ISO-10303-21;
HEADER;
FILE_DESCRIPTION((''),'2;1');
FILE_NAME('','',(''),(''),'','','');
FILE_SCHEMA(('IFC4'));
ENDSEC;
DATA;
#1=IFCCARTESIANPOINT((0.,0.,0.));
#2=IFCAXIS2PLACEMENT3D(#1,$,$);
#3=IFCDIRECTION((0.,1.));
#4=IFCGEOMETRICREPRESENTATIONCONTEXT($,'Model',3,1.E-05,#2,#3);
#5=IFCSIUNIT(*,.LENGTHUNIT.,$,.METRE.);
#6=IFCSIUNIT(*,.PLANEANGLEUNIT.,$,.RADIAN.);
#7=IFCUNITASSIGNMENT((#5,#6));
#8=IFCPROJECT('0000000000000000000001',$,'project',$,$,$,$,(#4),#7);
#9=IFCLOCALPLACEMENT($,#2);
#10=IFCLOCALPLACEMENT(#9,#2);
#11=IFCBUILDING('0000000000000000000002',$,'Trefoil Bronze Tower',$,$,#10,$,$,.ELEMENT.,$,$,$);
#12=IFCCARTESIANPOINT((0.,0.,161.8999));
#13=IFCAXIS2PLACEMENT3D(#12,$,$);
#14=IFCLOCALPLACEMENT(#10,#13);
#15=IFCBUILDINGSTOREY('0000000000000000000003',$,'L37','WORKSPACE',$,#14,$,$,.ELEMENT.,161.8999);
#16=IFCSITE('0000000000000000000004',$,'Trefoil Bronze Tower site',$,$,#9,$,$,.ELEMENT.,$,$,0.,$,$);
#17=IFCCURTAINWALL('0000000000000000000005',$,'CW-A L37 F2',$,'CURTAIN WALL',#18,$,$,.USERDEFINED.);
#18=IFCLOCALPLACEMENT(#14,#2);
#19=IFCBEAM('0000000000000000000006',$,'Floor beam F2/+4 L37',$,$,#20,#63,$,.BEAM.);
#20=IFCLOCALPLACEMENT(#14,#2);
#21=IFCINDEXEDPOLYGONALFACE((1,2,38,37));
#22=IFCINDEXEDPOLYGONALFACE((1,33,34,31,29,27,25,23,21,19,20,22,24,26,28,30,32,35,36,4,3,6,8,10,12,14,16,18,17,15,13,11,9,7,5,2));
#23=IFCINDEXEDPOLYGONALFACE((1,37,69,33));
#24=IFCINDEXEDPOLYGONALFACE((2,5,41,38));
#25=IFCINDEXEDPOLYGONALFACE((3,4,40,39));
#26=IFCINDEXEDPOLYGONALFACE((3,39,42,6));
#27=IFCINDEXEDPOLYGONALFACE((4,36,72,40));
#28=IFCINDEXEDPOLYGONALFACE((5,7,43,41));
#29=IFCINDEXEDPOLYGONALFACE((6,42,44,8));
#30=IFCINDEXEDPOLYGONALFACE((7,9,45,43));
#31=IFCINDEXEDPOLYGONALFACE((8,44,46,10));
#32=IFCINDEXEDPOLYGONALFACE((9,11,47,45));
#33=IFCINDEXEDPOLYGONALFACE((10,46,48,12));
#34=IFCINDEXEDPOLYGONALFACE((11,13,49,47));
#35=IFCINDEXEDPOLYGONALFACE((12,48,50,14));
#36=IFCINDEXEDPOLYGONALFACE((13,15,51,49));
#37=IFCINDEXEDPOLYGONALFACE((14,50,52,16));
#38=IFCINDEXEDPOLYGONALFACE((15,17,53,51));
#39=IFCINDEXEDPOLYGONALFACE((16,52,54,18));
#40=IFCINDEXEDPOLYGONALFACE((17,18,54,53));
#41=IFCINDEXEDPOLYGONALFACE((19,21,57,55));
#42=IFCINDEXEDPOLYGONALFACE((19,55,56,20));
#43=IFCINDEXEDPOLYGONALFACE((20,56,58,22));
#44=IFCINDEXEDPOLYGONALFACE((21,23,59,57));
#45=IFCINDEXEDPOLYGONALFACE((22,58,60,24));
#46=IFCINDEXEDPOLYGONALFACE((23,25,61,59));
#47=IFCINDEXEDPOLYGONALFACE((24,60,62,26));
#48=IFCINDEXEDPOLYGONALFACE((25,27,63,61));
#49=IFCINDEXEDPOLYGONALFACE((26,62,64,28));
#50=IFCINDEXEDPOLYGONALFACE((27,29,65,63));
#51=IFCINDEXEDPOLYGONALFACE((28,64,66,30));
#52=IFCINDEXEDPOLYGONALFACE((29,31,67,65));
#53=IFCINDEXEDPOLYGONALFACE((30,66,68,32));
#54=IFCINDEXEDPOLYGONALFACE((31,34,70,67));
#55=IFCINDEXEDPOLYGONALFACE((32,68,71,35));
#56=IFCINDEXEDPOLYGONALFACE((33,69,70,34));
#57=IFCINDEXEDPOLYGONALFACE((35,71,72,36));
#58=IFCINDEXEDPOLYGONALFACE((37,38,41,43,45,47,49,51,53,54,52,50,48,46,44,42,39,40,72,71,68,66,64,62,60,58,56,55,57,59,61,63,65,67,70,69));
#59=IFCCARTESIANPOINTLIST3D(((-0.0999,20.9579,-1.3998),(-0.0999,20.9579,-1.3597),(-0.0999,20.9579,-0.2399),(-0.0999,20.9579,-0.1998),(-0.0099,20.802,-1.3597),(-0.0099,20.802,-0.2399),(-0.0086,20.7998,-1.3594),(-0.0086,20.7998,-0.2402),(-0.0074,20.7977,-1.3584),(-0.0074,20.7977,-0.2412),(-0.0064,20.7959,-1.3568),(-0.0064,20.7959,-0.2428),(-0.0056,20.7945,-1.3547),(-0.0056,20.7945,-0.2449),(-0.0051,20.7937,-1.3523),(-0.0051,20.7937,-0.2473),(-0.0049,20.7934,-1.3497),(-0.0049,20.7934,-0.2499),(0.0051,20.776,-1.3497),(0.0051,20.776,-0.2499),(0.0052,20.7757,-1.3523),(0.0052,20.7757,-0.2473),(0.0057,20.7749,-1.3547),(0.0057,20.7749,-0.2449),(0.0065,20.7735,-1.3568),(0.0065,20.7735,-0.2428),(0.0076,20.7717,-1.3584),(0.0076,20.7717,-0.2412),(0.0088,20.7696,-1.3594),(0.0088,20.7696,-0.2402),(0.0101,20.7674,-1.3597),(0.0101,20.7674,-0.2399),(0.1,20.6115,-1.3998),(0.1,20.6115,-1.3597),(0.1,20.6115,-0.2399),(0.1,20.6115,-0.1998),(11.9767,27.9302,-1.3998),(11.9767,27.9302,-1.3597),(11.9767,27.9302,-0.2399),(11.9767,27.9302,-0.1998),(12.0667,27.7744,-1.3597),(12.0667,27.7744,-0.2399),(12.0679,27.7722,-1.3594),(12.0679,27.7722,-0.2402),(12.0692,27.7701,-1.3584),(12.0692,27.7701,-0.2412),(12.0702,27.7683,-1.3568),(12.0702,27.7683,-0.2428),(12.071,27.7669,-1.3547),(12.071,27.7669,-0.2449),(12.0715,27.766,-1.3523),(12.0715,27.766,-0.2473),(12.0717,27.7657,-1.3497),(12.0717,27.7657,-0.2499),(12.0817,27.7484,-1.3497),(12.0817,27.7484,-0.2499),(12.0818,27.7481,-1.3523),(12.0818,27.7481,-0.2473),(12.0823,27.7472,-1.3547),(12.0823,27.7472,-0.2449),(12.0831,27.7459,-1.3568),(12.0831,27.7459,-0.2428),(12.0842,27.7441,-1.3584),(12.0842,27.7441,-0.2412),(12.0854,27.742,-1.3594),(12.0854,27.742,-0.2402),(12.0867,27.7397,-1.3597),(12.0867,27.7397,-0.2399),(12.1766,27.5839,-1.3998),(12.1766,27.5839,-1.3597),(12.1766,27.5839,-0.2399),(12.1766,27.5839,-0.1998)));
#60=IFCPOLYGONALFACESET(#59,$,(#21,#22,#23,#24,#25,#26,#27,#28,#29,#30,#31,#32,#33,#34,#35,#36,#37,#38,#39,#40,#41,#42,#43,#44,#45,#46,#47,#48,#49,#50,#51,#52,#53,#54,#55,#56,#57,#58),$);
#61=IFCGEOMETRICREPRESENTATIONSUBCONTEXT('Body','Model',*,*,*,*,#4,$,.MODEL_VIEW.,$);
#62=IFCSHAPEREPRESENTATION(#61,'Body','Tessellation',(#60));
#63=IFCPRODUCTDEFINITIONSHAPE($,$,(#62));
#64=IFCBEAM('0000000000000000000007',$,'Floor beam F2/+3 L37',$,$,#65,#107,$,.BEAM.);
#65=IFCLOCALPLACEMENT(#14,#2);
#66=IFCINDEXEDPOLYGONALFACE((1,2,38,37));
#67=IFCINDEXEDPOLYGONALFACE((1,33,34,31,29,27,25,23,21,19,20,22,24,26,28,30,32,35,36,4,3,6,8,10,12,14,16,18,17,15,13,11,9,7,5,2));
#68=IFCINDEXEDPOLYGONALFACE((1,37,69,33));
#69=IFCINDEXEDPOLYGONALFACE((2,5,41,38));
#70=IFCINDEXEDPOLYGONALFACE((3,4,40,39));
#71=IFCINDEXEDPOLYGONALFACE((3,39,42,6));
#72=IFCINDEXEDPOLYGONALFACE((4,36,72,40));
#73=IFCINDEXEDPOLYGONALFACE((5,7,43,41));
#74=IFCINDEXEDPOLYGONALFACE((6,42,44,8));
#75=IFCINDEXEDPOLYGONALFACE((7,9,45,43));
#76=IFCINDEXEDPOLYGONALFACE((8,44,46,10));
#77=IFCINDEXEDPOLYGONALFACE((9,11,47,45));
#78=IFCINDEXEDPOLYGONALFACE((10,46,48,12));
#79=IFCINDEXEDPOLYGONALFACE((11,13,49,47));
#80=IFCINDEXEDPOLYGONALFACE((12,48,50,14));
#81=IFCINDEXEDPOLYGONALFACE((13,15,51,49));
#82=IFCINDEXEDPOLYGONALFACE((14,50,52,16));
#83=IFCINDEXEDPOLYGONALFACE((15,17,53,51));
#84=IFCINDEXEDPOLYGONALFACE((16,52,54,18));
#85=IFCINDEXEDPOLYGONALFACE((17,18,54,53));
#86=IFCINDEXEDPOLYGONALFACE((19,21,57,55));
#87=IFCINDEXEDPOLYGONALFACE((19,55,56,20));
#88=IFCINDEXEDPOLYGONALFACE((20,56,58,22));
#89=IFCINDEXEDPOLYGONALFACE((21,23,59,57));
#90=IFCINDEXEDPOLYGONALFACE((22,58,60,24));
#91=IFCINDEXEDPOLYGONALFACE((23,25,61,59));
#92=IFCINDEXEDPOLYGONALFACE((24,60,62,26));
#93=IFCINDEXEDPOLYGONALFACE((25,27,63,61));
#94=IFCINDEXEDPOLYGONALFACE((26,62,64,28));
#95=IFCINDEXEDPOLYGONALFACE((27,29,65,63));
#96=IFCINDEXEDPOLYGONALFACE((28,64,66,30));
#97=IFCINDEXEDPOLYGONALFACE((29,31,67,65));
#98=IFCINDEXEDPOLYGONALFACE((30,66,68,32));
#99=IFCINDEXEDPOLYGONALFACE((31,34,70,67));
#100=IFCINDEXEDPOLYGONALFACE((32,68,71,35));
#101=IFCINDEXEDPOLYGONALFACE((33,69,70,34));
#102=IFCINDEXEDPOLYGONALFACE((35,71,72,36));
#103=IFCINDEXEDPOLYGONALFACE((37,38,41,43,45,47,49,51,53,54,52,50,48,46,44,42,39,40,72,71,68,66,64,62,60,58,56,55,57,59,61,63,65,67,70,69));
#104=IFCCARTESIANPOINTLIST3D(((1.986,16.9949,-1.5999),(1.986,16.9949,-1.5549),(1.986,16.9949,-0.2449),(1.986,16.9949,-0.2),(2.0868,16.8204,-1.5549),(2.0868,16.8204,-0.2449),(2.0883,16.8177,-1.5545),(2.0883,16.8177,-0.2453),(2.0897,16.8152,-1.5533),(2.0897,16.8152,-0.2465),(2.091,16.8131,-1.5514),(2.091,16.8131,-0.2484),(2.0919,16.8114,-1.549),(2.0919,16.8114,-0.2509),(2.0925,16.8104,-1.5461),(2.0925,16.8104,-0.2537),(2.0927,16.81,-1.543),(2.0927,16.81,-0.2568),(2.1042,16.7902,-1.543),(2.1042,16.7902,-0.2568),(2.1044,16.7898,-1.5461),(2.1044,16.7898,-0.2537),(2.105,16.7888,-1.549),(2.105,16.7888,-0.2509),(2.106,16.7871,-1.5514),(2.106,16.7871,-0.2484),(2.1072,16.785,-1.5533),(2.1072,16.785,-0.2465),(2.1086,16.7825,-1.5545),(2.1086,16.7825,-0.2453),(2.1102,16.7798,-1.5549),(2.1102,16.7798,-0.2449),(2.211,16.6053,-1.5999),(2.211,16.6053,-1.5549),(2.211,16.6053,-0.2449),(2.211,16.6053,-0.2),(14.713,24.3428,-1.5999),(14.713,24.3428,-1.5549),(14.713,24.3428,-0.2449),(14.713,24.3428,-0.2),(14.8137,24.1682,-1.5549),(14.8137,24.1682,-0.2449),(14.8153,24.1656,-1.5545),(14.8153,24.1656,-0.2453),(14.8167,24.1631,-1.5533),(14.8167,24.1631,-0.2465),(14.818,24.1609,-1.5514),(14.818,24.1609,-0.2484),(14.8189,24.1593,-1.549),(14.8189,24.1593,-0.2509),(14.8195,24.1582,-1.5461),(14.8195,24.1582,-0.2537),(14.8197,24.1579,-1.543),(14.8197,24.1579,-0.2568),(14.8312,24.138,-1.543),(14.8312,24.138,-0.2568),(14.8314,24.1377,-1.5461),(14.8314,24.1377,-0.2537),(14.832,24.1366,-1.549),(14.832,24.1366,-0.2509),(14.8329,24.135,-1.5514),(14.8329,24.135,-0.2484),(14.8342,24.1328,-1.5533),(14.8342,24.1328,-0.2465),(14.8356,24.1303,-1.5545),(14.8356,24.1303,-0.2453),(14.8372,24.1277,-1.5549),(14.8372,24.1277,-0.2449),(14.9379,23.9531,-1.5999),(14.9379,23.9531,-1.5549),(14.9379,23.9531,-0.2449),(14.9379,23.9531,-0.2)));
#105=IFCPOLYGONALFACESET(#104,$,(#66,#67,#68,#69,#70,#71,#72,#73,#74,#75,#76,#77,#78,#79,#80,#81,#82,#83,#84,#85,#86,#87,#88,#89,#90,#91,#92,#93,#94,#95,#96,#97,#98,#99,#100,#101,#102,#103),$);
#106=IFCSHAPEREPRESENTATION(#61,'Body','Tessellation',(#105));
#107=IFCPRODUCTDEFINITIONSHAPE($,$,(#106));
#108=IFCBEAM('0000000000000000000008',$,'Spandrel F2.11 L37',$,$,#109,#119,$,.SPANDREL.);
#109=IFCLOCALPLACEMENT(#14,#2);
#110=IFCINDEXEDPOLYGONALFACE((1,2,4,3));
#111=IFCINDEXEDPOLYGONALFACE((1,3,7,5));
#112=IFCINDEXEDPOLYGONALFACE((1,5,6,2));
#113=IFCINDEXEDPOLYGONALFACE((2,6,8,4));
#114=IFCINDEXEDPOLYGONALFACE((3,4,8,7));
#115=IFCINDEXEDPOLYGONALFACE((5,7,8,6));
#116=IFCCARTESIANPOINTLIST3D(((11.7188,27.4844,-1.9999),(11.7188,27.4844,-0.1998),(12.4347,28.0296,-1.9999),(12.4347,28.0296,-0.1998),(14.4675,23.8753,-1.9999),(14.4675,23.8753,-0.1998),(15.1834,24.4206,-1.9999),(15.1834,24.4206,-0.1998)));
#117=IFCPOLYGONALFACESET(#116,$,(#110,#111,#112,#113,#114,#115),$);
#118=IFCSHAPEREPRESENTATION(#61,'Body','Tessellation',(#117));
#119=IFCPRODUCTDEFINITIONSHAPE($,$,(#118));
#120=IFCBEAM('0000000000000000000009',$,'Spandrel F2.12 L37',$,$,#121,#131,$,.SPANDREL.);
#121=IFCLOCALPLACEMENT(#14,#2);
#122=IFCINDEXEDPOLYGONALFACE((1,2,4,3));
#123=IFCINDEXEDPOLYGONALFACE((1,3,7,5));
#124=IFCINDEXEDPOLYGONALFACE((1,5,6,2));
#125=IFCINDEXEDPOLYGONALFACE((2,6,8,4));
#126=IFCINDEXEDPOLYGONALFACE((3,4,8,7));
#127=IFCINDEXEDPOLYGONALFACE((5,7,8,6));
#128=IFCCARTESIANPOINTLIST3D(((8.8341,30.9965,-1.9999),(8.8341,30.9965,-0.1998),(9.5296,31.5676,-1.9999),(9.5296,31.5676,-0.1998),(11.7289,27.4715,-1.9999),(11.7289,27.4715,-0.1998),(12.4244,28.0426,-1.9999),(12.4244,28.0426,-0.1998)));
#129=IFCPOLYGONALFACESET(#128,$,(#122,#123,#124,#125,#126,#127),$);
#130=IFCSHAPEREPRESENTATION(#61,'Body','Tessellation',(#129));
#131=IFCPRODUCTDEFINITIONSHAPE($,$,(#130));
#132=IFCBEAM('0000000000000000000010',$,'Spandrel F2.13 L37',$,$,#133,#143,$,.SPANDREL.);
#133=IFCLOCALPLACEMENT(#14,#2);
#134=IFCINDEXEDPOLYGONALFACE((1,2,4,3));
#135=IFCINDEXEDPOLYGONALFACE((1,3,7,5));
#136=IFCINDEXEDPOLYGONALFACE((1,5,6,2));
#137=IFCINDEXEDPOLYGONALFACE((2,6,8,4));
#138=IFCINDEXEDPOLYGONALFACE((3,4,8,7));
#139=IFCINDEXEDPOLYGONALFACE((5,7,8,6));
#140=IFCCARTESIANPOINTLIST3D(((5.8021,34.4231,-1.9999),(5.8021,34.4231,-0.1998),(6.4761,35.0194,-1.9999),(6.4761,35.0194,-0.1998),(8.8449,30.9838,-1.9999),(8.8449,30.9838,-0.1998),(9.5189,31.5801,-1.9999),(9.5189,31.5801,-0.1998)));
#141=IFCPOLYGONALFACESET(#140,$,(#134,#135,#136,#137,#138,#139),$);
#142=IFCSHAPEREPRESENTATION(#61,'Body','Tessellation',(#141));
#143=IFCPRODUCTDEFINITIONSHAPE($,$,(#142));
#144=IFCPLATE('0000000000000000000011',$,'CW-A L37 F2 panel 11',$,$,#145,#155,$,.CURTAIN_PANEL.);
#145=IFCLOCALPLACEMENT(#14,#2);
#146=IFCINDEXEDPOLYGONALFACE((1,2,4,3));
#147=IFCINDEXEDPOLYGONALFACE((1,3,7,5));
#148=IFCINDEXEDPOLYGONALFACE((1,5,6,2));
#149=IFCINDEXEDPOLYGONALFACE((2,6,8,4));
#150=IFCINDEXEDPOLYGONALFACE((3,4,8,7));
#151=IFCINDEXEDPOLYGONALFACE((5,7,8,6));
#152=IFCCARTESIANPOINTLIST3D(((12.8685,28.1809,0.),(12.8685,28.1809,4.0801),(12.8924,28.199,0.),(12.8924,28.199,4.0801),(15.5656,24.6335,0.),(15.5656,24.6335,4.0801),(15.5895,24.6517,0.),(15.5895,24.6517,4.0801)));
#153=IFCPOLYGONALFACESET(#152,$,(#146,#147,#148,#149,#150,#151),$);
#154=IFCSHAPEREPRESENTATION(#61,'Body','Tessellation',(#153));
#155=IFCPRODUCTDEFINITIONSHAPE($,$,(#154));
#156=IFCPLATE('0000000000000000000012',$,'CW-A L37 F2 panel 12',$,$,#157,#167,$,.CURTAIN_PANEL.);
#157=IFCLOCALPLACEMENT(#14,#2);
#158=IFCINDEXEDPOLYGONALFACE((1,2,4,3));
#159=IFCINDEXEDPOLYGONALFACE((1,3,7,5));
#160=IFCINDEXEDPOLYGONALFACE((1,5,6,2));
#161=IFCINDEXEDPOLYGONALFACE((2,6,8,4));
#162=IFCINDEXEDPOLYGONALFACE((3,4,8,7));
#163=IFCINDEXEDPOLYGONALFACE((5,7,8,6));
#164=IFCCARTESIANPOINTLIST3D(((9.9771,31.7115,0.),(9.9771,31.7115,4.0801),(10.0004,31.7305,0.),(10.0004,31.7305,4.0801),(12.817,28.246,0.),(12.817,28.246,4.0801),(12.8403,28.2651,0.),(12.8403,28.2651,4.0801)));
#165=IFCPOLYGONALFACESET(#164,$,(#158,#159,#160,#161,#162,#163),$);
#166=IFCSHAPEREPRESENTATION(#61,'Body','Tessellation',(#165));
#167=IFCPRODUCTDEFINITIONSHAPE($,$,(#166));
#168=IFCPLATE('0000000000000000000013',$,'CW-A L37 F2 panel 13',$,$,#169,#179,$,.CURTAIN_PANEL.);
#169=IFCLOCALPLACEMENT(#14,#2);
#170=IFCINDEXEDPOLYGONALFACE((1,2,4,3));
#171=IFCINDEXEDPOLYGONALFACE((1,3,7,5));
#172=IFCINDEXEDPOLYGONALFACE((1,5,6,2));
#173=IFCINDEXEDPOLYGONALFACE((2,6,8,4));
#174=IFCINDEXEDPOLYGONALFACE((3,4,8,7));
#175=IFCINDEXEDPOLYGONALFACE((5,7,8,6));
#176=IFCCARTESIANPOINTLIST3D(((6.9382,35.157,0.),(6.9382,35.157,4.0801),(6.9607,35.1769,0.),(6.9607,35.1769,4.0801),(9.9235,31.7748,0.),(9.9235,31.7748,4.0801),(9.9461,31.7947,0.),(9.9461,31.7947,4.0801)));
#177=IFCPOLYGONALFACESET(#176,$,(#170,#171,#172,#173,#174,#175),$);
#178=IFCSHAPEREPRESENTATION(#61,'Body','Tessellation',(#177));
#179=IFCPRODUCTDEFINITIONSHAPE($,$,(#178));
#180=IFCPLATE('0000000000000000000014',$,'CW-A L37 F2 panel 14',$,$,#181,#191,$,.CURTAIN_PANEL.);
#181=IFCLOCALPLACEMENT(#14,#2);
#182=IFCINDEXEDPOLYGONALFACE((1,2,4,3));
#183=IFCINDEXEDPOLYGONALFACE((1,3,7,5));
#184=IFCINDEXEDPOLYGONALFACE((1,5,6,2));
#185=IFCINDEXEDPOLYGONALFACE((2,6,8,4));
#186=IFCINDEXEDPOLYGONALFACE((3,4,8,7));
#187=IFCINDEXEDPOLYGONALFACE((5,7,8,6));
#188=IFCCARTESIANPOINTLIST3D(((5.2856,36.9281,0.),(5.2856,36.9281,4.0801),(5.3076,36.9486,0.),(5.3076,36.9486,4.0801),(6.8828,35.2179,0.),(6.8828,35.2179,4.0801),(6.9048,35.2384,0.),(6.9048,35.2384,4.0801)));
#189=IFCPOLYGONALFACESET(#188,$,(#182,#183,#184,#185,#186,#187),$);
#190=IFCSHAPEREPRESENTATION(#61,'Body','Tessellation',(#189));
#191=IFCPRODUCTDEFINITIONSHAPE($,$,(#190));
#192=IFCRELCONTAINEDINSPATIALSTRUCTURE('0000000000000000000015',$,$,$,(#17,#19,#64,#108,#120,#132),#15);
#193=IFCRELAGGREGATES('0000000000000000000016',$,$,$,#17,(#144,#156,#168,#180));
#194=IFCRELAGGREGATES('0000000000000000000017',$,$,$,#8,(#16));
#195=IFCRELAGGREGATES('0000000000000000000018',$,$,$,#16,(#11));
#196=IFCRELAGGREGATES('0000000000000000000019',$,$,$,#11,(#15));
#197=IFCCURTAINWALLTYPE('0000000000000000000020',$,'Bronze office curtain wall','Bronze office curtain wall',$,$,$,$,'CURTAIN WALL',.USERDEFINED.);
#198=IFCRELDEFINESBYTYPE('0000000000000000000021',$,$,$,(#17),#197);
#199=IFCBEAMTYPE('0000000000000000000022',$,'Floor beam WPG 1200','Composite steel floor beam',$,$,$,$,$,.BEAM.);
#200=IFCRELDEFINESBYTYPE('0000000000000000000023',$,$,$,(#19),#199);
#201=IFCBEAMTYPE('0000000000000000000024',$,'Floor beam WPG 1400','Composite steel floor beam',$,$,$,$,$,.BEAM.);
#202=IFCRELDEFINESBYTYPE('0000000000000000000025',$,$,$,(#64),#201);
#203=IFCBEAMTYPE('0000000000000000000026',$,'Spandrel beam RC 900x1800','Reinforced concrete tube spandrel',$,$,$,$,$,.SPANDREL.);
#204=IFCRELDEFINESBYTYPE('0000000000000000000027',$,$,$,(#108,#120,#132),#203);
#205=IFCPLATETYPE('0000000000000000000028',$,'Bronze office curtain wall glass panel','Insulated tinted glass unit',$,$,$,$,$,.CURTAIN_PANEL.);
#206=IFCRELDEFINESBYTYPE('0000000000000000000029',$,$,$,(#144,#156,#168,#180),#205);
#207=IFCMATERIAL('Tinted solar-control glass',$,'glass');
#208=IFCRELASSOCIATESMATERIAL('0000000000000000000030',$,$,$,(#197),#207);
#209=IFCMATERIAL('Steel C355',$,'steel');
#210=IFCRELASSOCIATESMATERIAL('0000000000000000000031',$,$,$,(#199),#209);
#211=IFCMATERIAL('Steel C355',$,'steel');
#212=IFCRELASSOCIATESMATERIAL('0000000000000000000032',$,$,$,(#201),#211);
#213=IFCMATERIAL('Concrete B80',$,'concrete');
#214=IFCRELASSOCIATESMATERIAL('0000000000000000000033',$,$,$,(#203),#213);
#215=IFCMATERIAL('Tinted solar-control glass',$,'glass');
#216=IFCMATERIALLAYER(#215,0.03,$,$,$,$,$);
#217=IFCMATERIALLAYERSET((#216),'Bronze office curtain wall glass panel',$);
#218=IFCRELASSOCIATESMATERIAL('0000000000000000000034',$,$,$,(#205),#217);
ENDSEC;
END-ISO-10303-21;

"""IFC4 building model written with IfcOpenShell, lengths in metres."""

from ifc_helpers import new_model, si_unit, direction, frame, origin, origin_2d, place, context, subcontext, project, spatial, rectangle, i_section, extrude, material, layer, layer_set, material_profile, profile_set, type_object, element, aggregate, save


model = new_model("IFC4")

# Units and contexts
model_context = context("Model", 3, precision=1e-05, world=origin(), true_north=direction((0.0, 1.0)))
body_context = subcontext(model_context, "Body", "Model", "MODEL_VIEW")
ifc_project = project(units=[si_unit("LENGTHUNIT", "METRE"), si_unit("PLANEANGLEUNIT", "RADIAN")], contexts=[model_context])

# Site, building, storey
site_placement = place(None, origin())
site = spatial("IfcSite", under=ifc_project, at=site_placement, Name="Trefoil Bronze Tower site", CompositionType="ELEMENT", RefElevation=0.0)
building_placement = place(site_placement, origin())
building = spatial("IfcBuilding", under=site, at=building_placement, Name="Trefoil Bronze Tower", CompositionType="ELEMENT")
storey_placement = place(building_placement, frame((0.0, 0.0, 161.8999)))
storey = spatial("IfcBuildingStorey", under=building, at=storey_placement, Name="L37", Description="WORKSPACE", CompositionType="ELEMENT", Elevation=161.8999)

# Curtain wall
ifc_material_1 = material(Name="Tinted solar-control glass", Category="glass")
curtain_wall_type_1 = type_object("IfcCurtainWallType", Name="Bronze office curtain wall", Description="Bronze office curtain wall", ElementType="CURTAIN WALL", PredefinedType="USERDEFINED", material=ifc_material_1)
curtain_wall_1_placement = place(storey_placement, origin())
curtain_wall_1 = element("IfcCurtainWall", 1, at=curtain_wall_1_placement, inside=storey, type_object=curtain_wall_type_1, Name="CW-A L37 F2", ObjectType="CURTAIN WALL", PredefinedType="USERDEFINED")

# Beams
ifc_material_2 = material(Name="Steel C355", Category="steel")
ifc_material_profile_1 = material_profile(ifc_material_2, i_section(OverallWidth=0.3999, OverallDepth=1.2, WebThickness=0.02, FlangeThickness=0.04, FilletRadius=0.01, at=origin_2d()), Name="WPG 1200")
ifc_profile_set_1 = profile_set([ifc_material_profile_1], Name="Steel C355")
beam_type_1 = type_object("IfcBeamType", Name="Floor beam WPG 1200", Description="Composite steel floor beam", PredefinedType="BEAM", material=ifc_profile_set_1)
beam_1_placement = place(storey_placement, frame((12.0767, 27.7571, -0.7998), z_axis=(-0.866027, -0.499997, 0.0), x_axis=(0.499997, -0.866027, 0.0)))
element("IfcBeam", 2, at=beam_1_placement, inside=storey, type_object=beam_type_1, Name="Floor beam F2/+4 L37", PredefinedType="BEAM", context=body_context, shape_type="SweptSolid", body=[
    extrude(i_section(OverallWidth=0.3999, OverallDepth=1.2, WebThickness=0.02, FlangeThickness=0.04, FilletRadius=0.01, at=origin_2d()), origin(), (0.0, 0.0, 1.0), 13.9448),
])
ifc_material_3 = material(Name="Steel C355", Category="steel")
ifc_material_profile_2 = material_profile(ifc_material_3, i_section(OverallWidth=0.45, OverallDepth=1.3999, WebThickness=0.0229, FlangeThickness=0.0449, FilletRadius=0.012, at=origin_2d()), Name="WPG 1400")
ifc_profile_set_2 = profile_set([ifc_material_profile_2], Name="Steel C355")
beam_type_2 = type_object("IfcBeamType", Name="Floor beam WPG 1400", Description="Composite steel floor beam", PredefinedType="BEAM", material=ifc_profile_set_2)
beam_2_placement = place(storey_placement, frame((14.8254, 24.1479, -0.8999), z_axis=(-0.866027, -0.499997, 0.0), x_axis=(0.499997, -0.866027, 0.0)))
element("IfcBeam", 3, at=beam_2_placement, inside=storey, type_object=beam_type_2, Name="Floor beam F2/+3 L37", PredefinedType="BEAM", context=body_context, shape_type="SweptSolid", body=[
    extrude(i_section(OverallWidth=0.45, OverallDepth=1.3999, WebThickness=0.0229, FlangeThickness=0.0449, FilletRadius=0.012, at=origin_2d()), origin(), (0.0, 0.0, 1.0), 14.6958),
])
ifc_material_4 = material(Name="Concrete B80", Category="concrete")
ifc_material_profile_3 = material_profile(ifc_material_4, rectangle(XDim=0.8999, YDim=1.8, at=origin_2d()), Name="RC 900x1800")
ifc_profile_set_3 = profile_set([ifc_material_profile_3], Name="Concrete B80")
beam_type_3 = type_object("IfcBeamType", Name="Spandrel beam RC 900x1800", Description="Reinforced concrete tube spandrel", PredefinedType="SPANDREL", material=ifc_profile_set_3)
beam_3_placement = place(storey_placement, frame((14.8254, 24.1479, -1.0999), z_axis=(-0.605899, 0.795542, 0.0), x_axis=(-0.795542, -0.605899, 0.0)))
element("IfcBeam", 4, at=beam_3_placement, inside=storey, type_object=beam_type_3, Name="Spandrel F2.11 L37", PredefinedType="SPANDREL", context=body_context, shape_type="SweptSolid", body=[
    extrude(rectangle(XDim=0.8999, YDim=1.8, at=origin_2d()), origin(), (0.0, 0.0, 1.0), 4.5366),
])
beam_4_placement = place(storey_placement, frame((12.0767, 27.7571, -1.0999), z_axis=(-0.63465, 0.772799, 0.0), x_axis=(-0.772799, -0.63465, 0.0)))
element("IfcBeam", 5, at=beam_4_placement, inside=storey, type_object=beam_type_3, Name="Spandrel F2.12 L37", PredefinedType="SPANDREL", context=body_context, shape_type="SweptSolid", body=[
    extrude(rectangle(XDim=0.8999, YDim=1.8, at=origin_2d()), origin(), (0.0, 0.0, 1.0), 4.5613),
])
beam_5_placement = place(storey_placement, frame((9.1819, 31.282, -1.0999), z_axis=(-0.662616, 0.748959, 0.0), x_axis=(-0.748959, -0.662616, 0.0)))
element("IfcBeam", 6, at=beam_5_placement, inside=storey, type_object=beam_type_3, Name="Spandrel F2.13 L37", PredefinedType="SPANDREL", context=body_context, shape_type="SweptSolid", body=[
    extrude(rectangle(XDim=0.8999, YDim=1.8, at=origin_2d()), origin(), (0.0, 0.0, 1.0), 4.592),
])

# Plates
ifc_material_5 = material(Name="Tinted solar-control glass", Category="glass")
ifc_layer_1 = layer(ifc_material_5, 0.03)
ifc_layer_set_1 = layer_set([ifc_layer_1], Name="Bronze office curtain wall glass panel")
plate_type_1 = type_object("IfcPlateType", Name="Bronze office curtain wall glass panel", Description="Insulated tinted glass unit", PredefinedType="CURTAIN_PANEL", material=ifc_layer_set_1)
plate_1_placement = place(storey_placement, frame((14.229, 26.4163, 0.0), z_axis=(0.0, 0.0, 1.0), x_axis=(-0.605252, 0.796034, 0.0)))
plate_1 = element("IfcPlate", 7, at=plate_1_placement, type_object=plate_type_1, Name="CW-A L37 F2 panel 11", PredefinedType="CURTAIN_PANEL", context=body_context, shape_type="SweptSolid", body=[
    extrude(rectangle(XDim=4.4563, YDim=0.03, at=origin_2d()), origin(), (0.0, 0.0, 1.0), 4.0801),
])
plate_2_placement = place(storey_placement, frame((11.4087, 29.9883, 0.0), z_axis=(0.0, 0.0, 1.0), x_axis=(-0.63384, 0.773464, 0.0)))
plate_2 = element("IfcPlate", 8, at=plate_2_placement, type_object=plate_type_1, Name="CW-A L37 F2 panel 12", PredefinedType="CURTAIN_PANEL", context=body_context, shape_type="SweptSolid", body=[
    extrude(rectangle(XDim=4.4805, YDim=0.03, at=origin_2d()), origin(), (0.0, 0.0, 1.0), 4.0801),
])
plate_3_placement = place(storey_placement, frame((8.4421, 33.4758, 0.0), z_axis=(0.0, 0.0, 1.0), x_axis=(-0.661751, 0.749723, 0.0)))
plate_3 = element("IfcPlate", 9, at=plate_3_placement, type_object=plate_type_1, Name="CW-A L37 F2 panel 13", PredefinedType="CURTAIN_PANEL", context=body_context, shape_type="SweptSolid", body=[
    extrude(rectangle(XDim=4.5112, YDim=0.03, at=origin_2d()), origin(), (0.0, 0.0, 1.0), 4.0801),
])
plate_4_placement = place(storey_placement, frame((6.0952, 36.0833, 0.0), z_axis=(0.0, 0.0, 1.0), x_axis=(-0.682536, 0.730852, 0.0)))
plate_4 = element("IfcPlate", 10, at=plate_4_placement, type_object=plate_type_1, Name="CW-A L37 F2 panel 14", PredefinedType="CURTAIN_PANEL", context=body_context, shape_type="SweptSolid", body=[
    extrude(rectangle(XDim=2.3401, YDim=0.03, at=origin_2d()), origin(), (0.0, 0.0, 1.0), 4.0801),
])
aggregate(curtain_wall_1, [plate_1, plate_2, plate_3, plate_4])

save(model, "model.ifc")
